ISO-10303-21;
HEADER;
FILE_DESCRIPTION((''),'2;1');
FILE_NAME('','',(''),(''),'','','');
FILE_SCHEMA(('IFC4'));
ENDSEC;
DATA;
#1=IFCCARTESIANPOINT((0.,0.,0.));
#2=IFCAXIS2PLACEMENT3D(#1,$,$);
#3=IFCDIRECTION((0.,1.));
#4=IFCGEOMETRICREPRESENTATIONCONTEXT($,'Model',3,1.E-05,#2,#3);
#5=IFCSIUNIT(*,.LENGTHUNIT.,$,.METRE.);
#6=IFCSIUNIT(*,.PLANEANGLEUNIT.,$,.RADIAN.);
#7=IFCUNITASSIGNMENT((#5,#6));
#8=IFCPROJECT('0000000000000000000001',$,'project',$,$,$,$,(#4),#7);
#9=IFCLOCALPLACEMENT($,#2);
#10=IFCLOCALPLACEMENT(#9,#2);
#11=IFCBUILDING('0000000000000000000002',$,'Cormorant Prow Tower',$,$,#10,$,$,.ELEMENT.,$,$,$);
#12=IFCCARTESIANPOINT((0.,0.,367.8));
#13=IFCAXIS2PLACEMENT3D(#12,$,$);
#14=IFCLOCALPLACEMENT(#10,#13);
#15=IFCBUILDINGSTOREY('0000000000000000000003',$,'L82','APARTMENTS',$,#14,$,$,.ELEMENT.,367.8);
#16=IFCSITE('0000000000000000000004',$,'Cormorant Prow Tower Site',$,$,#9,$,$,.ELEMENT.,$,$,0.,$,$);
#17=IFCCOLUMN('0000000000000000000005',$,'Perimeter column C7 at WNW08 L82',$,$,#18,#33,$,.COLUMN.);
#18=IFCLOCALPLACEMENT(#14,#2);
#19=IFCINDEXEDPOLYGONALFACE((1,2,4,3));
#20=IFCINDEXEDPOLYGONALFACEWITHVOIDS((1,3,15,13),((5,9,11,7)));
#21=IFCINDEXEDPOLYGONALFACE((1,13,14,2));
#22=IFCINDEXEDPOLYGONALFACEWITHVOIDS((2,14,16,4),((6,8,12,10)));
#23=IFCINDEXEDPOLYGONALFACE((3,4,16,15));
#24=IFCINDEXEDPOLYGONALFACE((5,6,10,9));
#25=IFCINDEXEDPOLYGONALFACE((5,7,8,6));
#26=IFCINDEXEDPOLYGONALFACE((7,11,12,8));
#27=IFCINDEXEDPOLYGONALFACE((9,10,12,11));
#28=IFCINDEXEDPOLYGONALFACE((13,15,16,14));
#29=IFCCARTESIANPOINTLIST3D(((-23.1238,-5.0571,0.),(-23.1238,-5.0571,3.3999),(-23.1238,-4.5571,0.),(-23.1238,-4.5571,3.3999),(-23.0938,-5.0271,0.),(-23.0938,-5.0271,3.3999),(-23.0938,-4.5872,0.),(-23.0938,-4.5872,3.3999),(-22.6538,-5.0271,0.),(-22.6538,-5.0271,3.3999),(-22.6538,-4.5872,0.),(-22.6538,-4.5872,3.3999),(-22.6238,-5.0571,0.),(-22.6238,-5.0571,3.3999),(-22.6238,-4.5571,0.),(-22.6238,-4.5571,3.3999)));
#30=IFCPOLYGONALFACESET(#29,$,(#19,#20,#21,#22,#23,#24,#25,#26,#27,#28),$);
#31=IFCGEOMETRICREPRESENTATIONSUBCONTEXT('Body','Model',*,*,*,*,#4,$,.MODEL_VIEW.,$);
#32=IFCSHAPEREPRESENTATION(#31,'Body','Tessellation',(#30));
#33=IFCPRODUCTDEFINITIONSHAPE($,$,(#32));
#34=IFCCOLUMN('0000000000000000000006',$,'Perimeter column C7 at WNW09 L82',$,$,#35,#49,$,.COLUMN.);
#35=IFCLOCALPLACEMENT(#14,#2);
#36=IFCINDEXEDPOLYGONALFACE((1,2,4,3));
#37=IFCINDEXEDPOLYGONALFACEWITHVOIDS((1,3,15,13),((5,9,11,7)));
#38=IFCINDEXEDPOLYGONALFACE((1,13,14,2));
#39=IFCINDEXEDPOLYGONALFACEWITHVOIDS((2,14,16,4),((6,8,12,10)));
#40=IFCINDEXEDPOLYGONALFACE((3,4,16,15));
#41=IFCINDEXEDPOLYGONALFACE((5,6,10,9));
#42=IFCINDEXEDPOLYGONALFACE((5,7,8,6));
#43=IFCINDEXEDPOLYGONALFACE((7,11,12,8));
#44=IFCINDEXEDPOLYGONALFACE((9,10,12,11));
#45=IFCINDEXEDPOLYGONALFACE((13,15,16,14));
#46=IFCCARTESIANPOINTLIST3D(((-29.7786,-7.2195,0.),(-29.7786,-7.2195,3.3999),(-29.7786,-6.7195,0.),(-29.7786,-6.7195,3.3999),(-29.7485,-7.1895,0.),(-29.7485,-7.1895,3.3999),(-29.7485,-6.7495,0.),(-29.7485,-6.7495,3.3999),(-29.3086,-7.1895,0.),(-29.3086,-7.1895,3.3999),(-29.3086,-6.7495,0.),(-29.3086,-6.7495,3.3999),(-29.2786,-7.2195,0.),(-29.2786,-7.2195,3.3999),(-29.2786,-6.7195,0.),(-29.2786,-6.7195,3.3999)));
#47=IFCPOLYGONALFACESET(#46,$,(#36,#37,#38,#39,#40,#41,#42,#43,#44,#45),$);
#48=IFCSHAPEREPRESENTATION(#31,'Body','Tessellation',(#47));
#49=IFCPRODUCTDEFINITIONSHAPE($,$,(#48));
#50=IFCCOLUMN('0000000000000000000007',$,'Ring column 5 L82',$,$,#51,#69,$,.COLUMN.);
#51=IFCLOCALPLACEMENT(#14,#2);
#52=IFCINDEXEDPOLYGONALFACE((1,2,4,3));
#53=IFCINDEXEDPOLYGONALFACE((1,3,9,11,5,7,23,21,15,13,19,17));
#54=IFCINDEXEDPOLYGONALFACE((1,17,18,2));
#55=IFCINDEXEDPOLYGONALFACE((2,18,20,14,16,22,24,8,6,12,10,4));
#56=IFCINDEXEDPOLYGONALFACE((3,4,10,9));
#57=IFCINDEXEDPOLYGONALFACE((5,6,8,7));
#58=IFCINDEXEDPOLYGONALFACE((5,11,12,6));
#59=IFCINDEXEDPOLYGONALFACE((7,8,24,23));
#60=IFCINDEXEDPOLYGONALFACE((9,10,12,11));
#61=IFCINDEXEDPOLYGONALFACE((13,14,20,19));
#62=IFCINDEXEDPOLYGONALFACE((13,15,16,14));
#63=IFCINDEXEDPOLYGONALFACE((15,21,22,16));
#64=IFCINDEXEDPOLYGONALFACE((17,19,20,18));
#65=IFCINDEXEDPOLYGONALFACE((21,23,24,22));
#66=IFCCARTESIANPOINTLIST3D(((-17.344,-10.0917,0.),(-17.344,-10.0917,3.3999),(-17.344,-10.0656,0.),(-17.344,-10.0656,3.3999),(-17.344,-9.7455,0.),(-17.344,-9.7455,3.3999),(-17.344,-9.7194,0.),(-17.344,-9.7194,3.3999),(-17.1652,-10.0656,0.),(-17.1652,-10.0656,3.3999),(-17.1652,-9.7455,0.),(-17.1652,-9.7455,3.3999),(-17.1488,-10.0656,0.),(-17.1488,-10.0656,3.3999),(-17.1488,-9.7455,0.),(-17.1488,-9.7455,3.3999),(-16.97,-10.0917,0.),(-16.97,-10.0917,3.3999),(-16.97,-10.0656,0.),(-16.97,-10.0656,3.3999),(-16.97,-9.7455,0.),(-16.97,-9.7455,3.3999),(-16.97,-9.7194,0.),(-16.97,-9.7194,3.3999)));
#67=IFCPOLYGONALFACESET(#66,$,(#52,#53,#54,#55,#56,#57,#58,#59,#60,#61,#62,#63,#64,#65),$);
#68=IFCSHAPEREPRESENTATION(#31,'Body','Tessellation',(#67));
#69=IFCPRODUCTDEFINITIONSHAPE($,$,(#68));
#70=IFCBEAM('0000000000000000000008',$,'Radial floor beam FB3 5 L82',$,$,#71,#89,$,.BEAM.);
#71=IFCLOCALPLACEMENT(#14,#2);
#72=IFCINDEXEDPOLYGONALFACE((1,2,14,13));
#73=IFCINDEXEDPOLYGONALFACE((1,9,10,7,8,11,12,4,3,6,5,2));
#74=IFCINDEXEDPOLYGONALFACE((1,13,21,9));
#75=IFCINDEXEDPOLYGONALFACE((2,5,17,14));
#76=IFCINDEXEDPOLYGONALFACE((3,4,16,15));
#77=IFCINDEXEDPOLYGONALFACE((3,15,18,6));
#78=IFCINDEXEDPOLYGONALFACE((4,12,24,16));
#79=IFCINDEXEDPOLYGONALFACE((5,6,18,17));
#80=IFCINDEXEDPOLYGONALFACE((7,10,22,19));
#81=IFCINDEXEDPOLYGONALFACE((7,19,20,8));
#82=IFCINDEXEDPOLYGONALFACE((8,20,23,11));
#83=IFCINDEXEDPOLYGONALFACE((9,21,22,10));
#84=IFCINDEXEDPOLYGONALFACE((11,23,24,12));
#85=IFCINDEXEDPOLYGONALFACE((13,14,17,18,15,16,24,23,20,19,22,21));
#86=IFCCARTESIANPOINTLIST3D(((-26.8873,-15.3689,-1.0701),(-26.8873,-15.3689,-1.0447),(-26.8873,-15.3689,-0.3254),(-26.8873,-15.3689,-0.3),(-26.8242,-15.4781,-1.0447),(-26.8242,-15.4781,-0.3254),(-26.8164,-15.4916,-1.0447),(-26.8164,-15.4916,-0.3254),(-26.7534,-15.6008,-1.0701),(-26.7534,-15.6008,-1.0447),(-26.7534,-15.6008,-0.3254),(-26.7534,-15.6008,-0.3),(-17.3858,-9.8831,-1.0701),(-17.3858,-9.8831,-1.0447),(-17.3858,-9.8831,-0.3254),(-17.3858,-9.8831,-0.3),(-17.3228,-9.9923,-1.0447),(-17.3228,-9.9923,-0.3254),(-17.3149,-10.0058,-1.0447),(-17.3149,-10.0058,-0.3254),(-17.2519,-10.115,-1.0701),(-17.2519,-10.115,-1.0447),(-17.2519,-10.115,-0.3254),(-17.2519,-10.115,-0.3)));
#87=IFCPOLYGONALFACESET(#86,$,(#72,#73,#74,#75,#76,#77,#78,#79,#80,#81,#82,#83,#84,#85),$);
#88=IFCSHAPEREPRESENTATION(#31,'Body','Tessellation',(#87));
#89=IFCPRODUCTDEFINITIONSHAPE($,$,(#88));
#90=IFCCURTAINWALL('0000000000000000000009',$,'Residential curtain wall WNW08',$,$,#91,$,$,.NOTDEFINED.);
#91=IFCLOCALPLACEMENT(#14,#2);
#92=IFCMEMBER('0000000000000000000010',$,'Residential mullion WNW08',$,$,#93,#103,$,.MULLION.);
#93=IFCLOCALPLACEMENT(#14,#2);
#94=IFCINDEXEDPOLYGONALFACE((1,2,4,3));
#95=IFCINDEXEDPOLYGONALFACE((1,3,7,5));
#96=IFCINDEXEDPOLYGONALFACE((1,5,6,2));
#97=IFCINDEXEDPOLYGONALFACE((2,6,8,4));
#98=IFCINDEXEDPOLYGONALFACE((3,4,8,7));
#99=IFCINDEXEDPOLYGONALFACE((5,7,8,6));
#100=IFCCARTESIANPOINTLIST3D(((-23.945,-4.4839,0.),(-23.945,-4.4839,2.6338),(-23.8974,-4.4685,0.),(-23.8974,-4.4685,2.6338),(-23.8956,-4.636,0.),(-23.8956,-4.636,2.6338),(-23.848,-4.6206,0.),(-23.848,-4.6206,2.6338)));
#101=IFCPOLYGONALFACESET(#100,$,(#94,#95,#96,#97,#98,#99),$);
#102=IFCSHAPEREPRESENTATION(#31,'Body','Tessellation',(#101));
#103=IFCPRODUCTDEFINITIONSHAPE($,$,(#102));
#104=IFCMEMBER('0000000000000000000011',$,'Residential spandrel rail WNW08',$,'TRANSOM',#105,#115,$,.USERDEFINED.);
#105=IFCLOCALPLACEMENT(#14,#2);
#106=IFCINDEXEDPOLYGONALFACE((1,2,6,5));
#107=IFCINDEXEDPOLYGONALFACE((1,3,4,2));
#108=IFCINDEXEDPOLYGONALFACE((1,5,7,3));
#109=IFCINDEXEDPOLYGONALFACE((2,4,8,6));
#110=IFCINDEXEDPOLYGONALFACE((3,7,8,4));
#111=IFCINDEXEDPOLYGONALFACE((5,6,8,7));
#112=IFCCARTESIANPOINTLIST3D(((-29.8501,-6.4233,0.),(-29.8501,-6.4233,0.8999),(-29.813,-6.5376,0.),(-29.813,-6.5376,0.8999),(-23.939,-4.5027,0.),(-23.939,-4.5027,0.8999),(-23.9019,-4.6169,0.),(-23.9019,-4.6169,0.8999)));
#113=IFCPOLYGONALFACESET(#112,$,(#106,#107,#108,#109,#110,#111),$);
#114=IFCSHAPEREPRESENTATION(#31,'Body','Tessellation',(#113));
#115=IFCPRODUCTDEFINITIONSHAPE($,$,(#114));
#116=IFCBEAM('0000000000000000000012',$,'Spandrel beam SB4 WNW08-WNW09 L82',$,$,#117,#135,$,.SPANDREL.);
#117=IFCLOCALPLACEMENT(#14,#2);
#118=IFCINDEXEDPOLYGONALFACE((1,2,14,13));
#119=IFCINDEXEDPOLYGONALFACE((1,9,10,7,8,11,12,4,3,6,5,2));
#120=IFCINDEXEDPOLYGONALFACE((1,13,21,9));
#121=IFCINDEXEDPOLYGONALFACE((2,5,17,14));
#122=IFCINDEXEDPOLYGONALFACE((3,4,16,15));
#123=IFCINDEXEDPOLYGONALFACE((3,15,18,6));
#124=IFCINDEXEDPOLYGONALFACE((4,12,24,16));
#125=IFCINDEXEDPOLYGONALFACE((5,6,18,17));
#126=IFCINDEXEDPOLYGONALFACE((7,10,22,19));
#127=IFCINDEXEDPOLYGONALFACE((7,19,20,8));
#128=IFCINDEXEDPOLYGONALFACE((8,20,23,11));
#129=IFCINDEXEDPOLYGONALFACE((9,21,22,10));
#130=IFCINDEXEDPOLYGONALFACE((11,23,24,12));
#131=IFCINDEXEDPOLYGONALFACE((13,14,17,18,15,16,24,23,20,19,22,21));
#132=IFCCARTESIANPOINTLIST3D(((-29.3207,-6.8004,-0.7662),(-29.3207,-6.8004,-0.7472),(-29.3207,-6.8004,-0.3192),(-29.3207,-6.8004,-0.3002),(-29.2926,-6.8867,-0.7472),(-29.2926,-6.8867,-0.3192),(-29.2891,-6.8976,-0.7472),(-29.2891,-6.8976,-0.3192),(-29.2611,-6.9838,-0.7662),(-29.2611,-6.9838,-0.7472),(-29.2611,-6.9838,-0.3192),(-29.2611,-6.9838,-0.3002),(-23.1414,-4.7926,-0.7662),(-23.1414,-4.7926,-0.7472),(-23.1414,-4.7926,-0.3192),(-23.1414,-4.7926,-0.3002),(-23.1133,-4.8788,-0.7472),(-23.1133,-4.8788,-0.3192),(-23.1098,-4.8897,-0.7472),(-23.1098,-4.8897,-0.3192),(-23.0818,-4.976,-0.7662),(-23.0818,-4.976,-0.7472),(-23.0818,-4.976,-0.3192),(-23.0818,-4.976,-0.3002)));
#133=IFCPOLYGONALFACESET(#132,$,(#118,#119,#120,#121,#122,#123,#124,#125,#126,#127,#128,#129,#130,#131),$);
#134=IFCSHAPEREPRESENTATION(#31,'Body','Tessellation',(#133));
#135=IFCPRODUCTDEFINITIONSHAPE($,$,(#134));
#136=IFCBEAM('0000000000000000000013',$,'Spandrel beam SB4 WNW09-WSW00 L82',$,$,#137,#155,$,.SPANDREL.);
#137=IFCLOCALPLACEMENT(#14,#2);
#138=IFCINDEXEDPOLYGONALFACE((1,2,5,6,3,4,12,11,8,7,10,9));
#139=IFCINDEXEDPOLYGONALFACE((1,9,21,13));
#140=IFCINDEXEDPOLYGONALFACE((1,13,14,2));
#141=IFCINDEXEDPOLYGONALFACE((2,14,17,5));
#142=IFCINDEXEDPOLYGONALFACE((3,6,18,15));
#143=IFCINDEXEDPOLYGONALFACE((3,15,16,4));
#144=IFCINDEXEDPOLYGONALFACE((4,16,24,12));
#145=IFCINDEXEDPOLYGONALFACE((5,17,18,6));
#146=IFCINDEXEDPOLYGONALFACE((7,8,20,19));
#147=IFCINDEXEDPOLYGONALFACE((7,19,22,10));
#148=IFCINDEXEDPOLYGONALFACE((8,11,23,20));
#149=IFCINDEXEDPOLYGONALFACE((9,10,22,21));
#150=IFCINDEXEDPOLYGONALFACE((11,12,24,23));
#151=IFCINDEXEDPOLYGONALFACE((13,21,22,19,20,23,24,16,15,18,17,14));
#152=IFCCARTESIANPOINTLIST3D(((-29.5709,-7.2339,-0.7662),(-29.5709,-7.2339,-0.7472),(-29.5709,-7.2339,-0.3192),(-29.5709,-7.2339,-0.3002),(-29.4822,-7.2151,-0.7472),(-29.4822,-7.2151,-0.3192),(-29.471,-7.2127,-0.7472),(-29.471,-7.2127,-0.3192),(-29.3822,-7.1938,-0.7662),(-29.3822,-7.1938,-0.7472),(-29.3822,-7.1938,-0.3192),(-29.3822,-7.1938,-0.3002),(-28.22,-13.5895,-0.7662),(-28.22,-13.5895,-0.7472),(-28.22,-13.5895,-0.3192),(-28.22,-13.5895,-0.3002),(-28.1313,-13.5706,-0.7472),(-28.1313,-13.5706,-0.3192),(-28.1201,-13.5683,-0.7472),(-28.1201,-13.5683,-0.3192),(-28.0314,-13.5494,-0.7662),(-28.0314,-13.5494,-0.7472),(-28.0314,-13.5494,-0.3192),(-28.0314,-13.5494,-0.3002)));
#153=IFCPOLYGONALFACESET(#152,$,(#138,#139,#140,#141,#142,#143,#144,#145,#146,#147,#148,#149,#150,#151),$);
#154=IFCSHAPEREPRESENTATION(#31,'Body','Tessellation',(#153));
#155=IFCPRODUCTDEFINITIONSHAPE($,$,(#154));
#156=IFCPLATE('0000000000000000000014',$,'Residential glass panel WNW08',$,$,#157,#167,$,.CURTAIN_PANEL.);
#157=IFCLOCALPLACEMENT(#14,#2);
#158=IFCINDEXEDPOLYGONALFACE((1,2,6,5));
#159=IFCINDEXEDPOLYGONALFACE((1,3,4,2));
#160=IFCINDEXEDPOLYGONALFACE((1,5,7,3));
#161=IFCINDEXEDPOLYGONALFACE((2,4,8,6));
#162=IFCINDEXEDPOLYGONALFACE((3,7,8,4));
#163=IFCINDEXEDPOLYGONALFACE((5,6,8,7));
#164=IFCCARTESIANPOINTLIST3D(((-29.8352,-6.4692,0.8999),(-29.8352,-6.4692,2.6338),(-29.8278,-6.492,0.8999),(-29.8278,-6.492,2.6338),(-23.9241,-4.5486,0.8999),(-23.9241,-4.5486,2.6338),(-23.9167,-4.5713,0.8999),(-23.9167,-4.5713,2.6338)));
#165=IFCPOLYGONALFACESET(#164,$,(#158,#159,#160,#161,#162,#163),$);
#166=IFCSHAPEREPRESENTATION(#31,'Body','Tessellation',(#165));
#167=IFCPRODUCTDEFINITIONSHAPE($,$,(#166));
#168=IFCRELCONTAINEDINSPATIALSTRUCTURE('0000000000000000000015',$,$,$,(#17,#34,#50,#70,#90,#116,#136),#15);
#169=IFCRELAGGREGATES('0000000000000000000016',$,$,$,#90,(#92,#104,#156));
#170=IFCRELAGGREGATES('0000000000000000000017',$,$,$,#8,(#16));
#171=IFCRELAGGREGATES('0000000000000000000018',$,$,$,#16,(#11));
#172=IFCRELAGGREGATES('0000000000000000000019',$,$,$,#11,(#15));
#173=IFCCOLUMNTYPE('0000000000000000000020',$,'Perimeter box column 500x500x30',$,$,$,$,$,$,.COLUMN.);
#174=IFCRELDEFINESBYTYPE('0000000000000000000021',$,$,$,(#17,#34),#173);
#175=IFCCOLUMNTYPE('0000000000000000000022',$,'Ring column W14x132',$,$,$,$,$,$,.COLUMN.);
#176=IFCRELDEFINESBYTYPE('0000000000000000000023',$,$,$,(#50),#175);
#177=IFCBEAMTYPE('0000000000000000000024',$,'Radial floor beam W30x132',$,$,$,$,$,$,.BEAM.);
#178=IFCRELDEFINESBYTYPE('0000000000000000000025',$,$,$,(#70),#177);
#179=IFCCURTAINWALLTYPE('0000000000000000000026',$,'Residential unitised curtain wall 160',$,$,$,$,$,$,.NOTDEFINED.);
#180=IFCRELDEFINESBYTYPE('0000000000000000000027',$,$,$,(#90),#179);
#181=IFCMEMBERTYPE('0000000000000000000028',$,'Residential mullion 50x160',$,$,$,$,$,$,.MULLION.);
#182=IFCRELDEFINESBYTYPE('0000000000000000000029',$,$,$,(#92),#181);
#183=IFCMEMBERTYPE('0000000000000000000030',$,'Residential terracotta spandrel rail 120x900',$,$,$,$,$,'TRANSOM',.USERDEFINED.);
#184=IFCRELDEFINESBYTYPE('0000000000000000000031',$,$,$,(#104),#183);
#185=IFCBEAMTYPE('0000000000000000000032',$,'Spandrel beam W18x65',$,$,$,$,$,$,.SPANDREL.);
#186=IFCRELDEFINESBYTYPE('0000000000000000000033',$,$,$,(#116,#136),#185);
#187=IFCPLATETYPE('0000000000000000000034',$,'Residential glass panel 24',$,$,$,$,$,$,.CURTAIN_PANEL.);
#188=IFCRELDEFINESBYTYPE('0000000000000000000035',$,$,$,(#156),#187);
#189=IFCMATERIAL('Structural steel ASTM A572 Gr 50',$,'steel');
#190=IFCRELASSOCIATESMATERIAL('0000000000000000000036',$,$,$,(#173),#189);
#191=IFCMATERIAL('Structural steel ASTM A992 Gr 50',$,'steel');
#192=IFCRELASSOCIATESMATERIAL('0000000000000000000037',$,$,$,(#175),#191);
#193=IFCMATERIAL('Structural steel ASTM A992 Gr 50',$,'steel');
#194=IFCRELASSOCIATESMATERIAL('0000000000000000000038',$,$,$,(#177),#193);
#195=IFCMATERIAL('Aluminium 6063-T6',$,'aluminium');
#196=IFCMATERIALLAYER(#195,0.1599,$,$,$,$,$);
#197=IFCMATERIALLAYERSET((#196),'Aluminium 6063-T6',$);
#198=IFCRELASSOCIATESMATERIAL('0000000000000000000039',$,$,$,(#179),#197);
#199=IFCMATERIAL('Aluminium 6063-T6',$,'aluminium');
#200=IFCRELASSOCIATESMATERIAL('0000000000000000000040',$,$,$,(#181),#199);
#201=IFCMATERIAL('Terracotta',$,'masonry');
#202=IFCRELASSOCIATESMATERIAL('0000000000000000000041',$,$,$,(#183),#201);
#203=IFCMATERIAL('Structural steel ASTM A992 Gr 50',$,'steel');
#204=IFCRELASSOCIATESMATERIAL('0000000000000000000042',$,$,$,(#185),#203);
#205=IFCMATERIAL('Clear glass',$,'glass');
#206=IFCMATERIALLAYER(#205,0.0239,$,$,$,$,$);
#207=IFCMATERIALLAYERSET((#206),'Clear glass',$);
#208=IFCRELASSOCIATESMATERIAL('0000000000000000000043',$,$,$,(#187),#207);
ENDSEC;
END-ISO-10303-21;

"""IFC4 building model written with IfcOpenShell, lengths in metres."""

from ifc_helpers import new_model, si_unit, direction, frame, origin, origin_2d, place, context, subcontext, project, spatial, rectangle, hollow_rectangle, i_section, extrude, material, layer, layer_set, material_profile, profile_set, type_object, element, aggregate, save


model = new_model("IFC4")

# Units and contexts
model_context = context("Model", 3, precision=1e-05, world=origin(), true_north=direction((0.0, 1.0)))
body_context = subcontext(model_context, "Body", "Model", "MODEL_VIEW")
ifc_project = project(units=[si_unit("LENGTHUNIT", "METRE"), si_unit("PLANEANGLEUNIT", "RADIAN")], contexts=[model_context])

# Site, building, storey
site_placement = place(None, origin())
site = spatial("IfcSite", under=ifc_project, at=site_placement, Name="Cormorant Prow Tower Site", CompositionType="ELEMENT", RefElevation=0.0)
building_placement = place(site_placement, origin())
building = spatial("IfcBuilding", under=site, at=building_placement, Name="Cormorant Prow Tower", CompositionType="ELEMENT")
storey_placement = place(building_placement, frame((0.0, 0.0, 367.8)))
storey = spatial("IfcBuildingStorey", under=building, at=storey_placement, Name="L82", Description="APARTMENTS", CompositionType="ELEMENT", Elevation=367.8)

# Columns
ifc_material_1 = material(Name="Structural steel ASTM A572 Gr 50", Category="steel")
ifc_material_profile_1 = material_profile(ifc_material_1, hollow_rectangle(XDim=0.5, YDim=0.5, WallThickness=0.03, at=origin_2d()), Name="Box 500x500x30")
ifc_profile_set_1 = profile_set([ifc_material_profile_1], Name="Structural steel ASTM A572 Gr 50")
column_type_1 = type_object("IfcColumnType", Name="Perimeter box column 500x500x30", PredefinedType="COLUMN", material=ifc_profile_set_1)
for number, where, z_axis, x_axis, name in (
    (1, (-22.8738, -4.8071, 0.0), (0.0, 0.0, 1.0), (1.0, 0.0, 0.0), "Perimeter column C7 at WNW08 L82"),
    (2, (-29.5286, -6.9695, 0.0), (0.0, 0.0, 1.0), (1.0, 0.0, 0.0), "Perimeter column C7 at WNW09 L82"),
):
    element("IfcColumn", number, at=place(storey_placement, frame(where, z_axis=z_axis, x_axis=x_axis)), inside=storey, type_object=column_type_1, Name=name, PredefinedType="COLUMN", context=body_context, shape_type="SweptSolid", body=[
        extrude(hollow_rectangle(XDim=0.5, YDim=0.5, WallThickness=0.03, at=origin_2d()), origin(), (0.0, 0.0, 1.0), 3.3999),
    ])
ifc_material_2 = material(Name="Structural steel ASTM A992 Gr 50", Category="steel")
ifc_material_profile_2 = material_profile(ifc_material_2, i_section(OverallWidth=0.374, OverallDepth=0.3723, WebThickness=0.0164, FlangeThickness=0.0261, at=origin_2d()), Name="W14x132")
ifc_profile_set_2 = profile_set([ifc_material_profile_2], Name="Structural steel ASTM A992 Gr 50")
column_type_2 = type_object("IfcColumnType", Name="Ring column W14x132", PredefinedType="COLUMN", material=ifc_profile_set_2)
column_placement = place(storey_placement, frame((-17.157, -9.9055, 0.0), z_axis=(0.0, 0.0, 1.0), x_axis=(1.0, 0.0, 0.0)))
element("IfcColumn", 3, at=column_placement, inside=storey, type_object=column_type_2, Name="Ring column 5 L82", PredefinedType="COLUMN", context=body_context, shape_type="SweptSolid", body=[
    extrude(i_section(OverallWidth=0.374, OverallDepth=0.3723, WebThickness=0.0164, FlangeThickness=0.0261, at=origin_2d()), origin(), (0.0, 0.0, 1.0), 3.3999),
])

# Beam
ifc_material_3 = material(Name="Structural steel ASTM A992 Gr 50", Category="steel")
ifc_material_profile_3 = material_profile(ifc_material_3, i_section(OverallWidth=0.2678, OverallDepth=0.77, WebThickness=0.0156, FlangeThickness=0.0254, at=origin_2d()), Name="W30x132")
ifc_profile_set_3 = profile_set([ifc_material_profile_3], Name="Structural steel ASTM A992 Gr 50")
beam_type_1 = type_object("IfcBeamType", Name="Radial floor beam W30x132", PredefinedType="BEAM", material=ifc_profile_set_3)
beam_1_placement = place(storey_placement, frame((-17.3188, -9.999, -0.6851), z_axis=(-0.866019, -0.500011, 0.0), x_axis=(0.500011, -0.866019, 0.0)))
element("IfcBeam", 4, at=beam_1_placement, inside=storey, type_object=beam_type_1, Name="Radial floor beam FB3 5 L82", PredefinedType="BEAM", context=body_context, shape_type="SweptSolid", body=[
    extrude(i_section(OverallWidth=0.2678, OverallDepth=0.77, WebThickness=0.0156, FlangeThickness=0.0254, at=origin_2d()), origin(), (0.0, 0.0, 1.0), 10.9714),
])

# Curtain wall, members
ifc_material_4 = material(Name="Aluminium 6063-T6", Category="aluminium")
ifc_layer_1 = layer(ifc_material_4, 0.1599)
ifc_layer_set_1 = layer_set([ifc_layer_1], Name="Aluminium 6063-T6")
curtain_wall_type = type_object("IfcCurtainWallType", Name="Residential unitised curtain wall 160", PredefinedType="NOTDEFINED", material=ifc_layer_set_1)
curtain_wall_placement = place(storey_placement, origin())
curtain_wall = element("IfcCurtainWall", 5, at=curtain_wall_placement, inside=storey, type_object=curtain_wall_type, Name="Residential curtain wall WNW08", PredefinedType="NOTDEFINED")
ifc_material_5 = material(Name="Aluminium 6063-T6", Category="aluminium")
ifc_material_profile_4 = material_profile(ifc_material_5, rectangle(XDim=0.1599, YDim=0.05, at=origin_2d()), Name="Residential mullion 50x160")
ifc_profile_set_4 = profile_set([ifc_material_profile_4], Name="Aluminium 6063-T6")
member_type_1 = type_object("IfcMemberType", Name="Residential mullion 50x160", PredefinedType="MULLION", material=ifc_profile_set_4)
member_1_placement = place(storey_placement, frame((-23.8965, -4.5522, 0.0), z_axis=(0.0, 0.0, 1.0), x_axis=(0.309017, -0.951057, 0.0)))
member_1 = element("IfcMember", 6, at=member_1_placement, type_object=member_type_1, Name="Residential mullion WNW08", PredefinedType="MULLION", context=body_context, shape_type="SweptSolid", body=[
    extrude(rectangle(XDim=0.1599, YDim=0.05, at=origin_2d()), origin(), (0.0, 0.0, 1.0), 2.6338),
])
ifc_material_6 = material(Name="Terracotta", Category="masonry")
ifc_material_profile_5 = material_profile(ifc_material_6, rectangle(XDim=0.1201, YDim=0.8999, at=origin_2d()), Name="Residential terracotta spandrel rail 120x900")
ifc_profile_set_5 = profile_set([ifc_material_profile_5], Name="Terracotta")
member_type_2 = type_object("IfcMemberType", Name="Residential terracotta spandrel rail 120x900", ElementType="TRANSOM", PredefinedType="USERDEFINED", material=ifc_profile_set_5)
member_2_placement = place(storey_placement, frame((-23.9204, -4.5598, 0.45), z_axis=(-0.951056, -0.309019, 0.0), x_axis=(0.309019, -0.951056, 0.0)))
member_2 = element("IfcMember", 7, at=member_2_placement, type_object=member_type_2, Name="Residential spandrel rail WNW08", ObjectType="TRANSOM", PredefinedType="USERDEFINED", context=body_context, shape_type="SweptSolid", body=[
    extrude(rectangle(XDim=0.1201, YDim=0.8999, at=origin_2d()), origin(), (0.0, 0.0, 1.0), 6.2153),
])

# Beams
ifc_material_7 = material(Name="Structural steel ASTM A992 Gr 50", Category="steel")
ifc_material_profile_6 = material_profile(ifc_material_7, i_section(OverallWidth=0.1929, OverallDepth=0.4661, WebThickness=0.0115, FlangeThickness=0.019, at=origin_2d()), Name="W18x65")
ifc_profile_set_6 = profile_set([ifc_material_profile_6], Name="Structural steel ASTM A992 Gr 50")
beam_type_2 = type_object("IfcBeamType", Name="Spandrel beam W18x65", PredefinedType="SPANDREL", material=ifc_profile_set_6)
beam_2_placement = place(storey_placement, frame((-23.1116, -4.8843, -0.5332), z_axis=(-0.951053, -0.309027, 0.0), x_axis=(0.309027, -0.951053, 0.0)))
element("IfcBeam", 8, at=beam_2_placement, inside=storey, type_object=beam_type_2, Name="Spandrel beam SB4 WNW08-WNW09 L82", PredefinedType="SPANDREL", context=body_context, shape_type="SweptSolid", body=[
    extrude(i_section(OverallWidth=0.1929, OverallDepth=0.4661, WebThickness=0.0115, FlangeThickness=0.019, at=origin_2d()), origin(), (0.0, 0.0, 1.0), 6.4973),
])
beam_3_placement = place(storey_placement, frame((-29.4766, -7.2139, -0.5332), z_axis=(0.207902, -0.97815, 0.0), x_axis=(0.97815, 0.207902, 0.0)))
element("IfcBeam", 9, at=beam_3_placement, inside=storey, type_object=beam_type_2, Name="Spandrel beam SB4 WNW09-WSW00 L82", PredefinedType="SPANDREL", context=body_context, shape_type="SweptSolid", body=[
    extrude(i_section(OverallWidth=0.1929, OverallDepth=0.4661, WebThickness=0.0115, FlangeThickness=0.019, at=origin_2d()), origin(), (0.0, 0.0, 1.0), 6.4976),
])

# Plate
ifc_material_8 = material(Name="Clear glass", Category="glass")
ifc_layer_2 = layer(ifc_material_8, 0.0239)
ifc_layer_set_2 = layer_set([ifc_layer_2], Name="Clear glass")
plate_type = type_object("IfcPlateType", Name="Residential glass panel 24", PredefinedType="CURTAIN_PANEL", material=ifc_layer_set_2)
plate_placement = place(storey_placement, frame((-26.876, -5.5203, 0.8999), z_axis=(0.0, 0.0, 1.0), x_axis=(-0.951057, -0.309017, 0.0)))
plate = element("IfcPlate", 10, at=plate_placement, type_object=plate_type, Name="Residential glass panel WNW08", PredefinedType="CURTAIN_PANEL", context=body_context, shape_type="SweptSolid", body=[
    extrude(rectangle(XDim=6.2153, YDim=0.0239, at=origin_2d()), origin(), (0.0, 0.0, 1.0), 1.7339),
])
aggregate(curtain_wall, [member_1, member_2, plate])

save(model, "model.ifc")
